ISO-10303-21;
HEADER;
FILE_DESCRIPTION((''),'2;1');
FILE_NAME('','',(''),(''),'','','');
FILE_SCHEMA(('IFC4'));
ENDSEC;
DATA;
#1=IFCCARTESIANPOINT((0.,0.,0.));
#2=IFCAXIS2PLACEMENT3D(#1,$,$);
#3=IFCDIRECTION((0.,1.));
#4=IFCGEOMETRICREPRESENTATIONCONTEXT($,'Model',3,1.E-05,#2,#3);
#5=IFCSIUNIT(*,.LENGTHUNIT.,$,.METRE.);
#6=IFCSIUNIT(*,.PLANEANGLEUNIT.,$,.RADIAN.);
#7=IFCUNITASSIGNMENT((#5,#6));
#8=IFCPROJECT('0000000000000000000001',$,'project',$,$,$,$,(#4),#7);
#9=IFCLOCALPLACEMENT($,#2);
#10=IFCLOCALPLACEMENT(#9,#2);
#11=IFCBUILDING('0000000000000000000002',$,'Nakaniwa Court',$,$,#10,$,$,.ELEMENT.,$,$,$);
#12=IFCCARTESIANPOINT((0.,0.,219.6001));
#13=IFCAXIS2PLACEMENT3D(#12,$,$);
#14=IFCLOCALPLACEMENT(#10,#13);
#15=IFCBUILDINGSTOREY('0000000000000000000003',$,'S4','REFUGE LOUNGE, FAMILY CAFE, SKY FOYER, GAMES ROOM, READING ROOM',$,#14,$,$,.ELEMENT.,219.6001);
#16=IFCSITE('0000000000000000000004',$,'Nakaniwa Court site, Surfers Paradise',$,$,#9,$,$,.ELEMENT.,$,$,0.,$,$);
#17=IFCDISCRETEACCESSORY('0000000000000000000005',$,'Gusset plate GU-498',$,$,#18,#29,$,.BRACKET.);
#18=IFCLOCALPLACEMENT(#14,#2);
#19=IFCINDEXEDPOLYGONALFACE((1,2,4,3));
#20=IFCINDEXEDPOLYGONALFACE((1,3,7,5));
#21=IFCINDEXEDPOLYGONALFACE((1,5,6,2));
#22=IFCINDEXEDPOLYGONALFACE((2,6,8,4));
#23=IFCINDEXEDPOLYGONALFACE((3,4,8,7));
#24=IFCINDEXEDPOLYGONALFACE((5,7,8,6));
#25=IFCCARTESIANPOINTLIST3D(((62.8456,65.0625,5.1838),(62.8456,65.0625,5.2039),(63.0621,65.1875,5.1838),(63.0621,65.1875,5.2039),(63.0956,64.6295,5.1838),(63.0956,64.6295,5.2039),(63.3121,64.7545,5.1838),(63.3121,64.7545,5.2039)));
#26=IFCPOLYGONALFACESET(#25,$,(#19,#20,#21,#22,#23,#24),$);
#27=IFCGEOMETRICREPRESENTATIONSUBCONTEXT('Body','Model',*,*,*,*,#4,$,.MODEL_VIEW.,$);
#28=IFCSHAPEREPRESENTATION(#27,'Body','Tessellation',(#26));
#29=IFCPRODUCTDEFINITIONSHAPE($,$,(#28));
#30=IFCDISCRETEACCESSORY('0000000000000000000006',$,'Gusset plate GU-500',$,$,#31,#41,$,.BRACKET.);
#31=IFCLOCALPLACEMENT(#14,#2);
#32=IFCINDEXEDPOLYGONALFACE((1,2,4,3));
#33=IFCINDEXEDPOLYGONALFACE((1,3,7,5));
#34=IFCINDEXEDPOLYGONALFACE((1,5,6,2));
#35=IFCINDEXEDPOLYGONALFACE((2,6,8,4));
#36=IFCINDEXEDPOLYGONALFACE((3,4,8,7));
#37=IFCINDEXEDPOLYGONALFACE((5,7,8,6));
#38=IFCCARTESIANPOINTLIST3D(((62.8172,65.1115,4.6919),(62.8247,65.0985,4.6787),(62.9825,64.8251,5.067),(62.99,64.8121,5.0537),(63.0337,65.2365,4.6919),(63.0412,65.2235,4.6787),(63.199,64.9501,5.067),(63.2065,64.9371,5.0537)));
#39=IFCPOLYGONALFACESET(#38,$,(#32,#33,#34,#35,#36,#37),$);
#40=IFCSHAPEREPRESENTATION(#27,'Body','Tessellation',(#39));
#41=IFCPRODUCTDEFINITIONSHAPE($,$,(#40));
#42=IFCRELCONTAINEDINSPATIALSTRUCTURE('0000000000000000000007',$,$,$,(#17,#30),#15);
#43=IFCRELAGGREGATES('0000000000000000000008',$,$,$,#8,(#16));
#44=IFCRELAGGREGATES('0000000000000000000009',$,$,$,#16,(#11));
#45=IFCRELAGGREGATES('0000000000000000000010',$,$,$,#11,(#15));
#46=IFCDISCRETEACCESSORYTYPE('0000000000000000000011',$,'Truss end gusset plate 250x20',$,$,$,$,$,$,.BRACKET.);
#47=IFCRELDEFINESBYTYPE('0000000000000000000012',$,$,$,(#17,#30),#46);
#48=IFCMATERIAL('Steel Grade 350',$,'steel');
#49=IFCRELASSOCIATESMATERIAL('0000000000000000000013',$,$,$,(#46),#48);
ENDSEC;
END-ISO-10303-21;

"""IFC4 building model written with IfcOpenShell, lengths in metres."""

from ifc_helpers import new_model, si_unit, direction, frame, origin, origin_2d, place, context, subcontext, project, spatial, rectangle, extrude, material, material_profile, profile_set, type_object, element, save


model = new_model("IFC4")

# Units and contexts
model_context = context("Model", 3, precision=1e-05, world=origin(), true_north=direction((0.0, 1.0)))
body_context = subcontext(model_context, "Body", "Model", "MODEL_VIEW")
ifc_project = project(units=[si_unit("LENGTHUNIT", "METRE"), si_unit("PLANEANGLEUNIT", "RADIAN")], contexts=[model_context])

# Site, building, storey
site_placement = place(None, origin())
site = spatial("IfcSite", under=ifc_project, at=site_placement, Name="Nakaniwa Court site, Surfers Paradise", CompositionType="ELEMENT", RefElevation=0.0)
building_placement = place(site_placement, origin())
building = spatial("IfcBuilding", under=site, at=building_placement, Name="Nakaniwa Court", CompositionType="ELEMENT")
storey_placement = place(building_placement, frame((0.0, 0.0, 219.6001)))
storey = spatial("IfcBuildingStorey", under=building, at=storey_placement, Name="S4", Description="REFUGE LOUNGE, FAMILY CAFE, SKY FOYER, GAMES ROOM, READING ROOM", CompositionType="ELEMENT", Elevation=219.6001)

# Shared definitions
ifc_material_1 = material(Name="Steel Grade 350", Category="steel")

# Discrete accessories
ifc_material_profile_1 = material_profile(ifc_material_1, rectangle(XDim=0.25, YDim=0.02, at=origin_2d()), Name="Truss end gusset plate 250x20")
ifc_profile_set_1 = profile_set([ifc_material_profile_1], Name="Steel Grade 350")
discrete_accessory_type = type_object("IfcDiscreteAccessoryType", Name="Truss end gusset plate 250x20", PredefinedType="BRACKET", material=ifc_profile_set_1)
for number, where, z_axis, x_axis, name in (
    (1, (62.9539, 65.125, 5.1938), (0.49992, -0.866072, 0.0), (0.866072, 0.49992, 0.0), "Gusset plate GU-498"),
    (2, (62.9292, 65.1675, 4.6853), (0.330596, -0.572805, 0.750067), (0.8661, 0.499872, 0.0), "Gusset plate GU-500"),
):
    element("IfcDiscreteAccessory", number, at=place(storey_placement, frame(where, z_axis=z_axis, x_axis=x_axis)), inside=storey, type_object=discrete_accessory_type, Name=name, PredefinedType="BRACKET", context=body_context, shape_type="SweptSolid", body=[
        extrude(rectangle(XDim=0.25, YDim=0.02, at=origin_2d()), origin(), (0.0, 0.0, 1.0), 0.5),
    ])

save(model, "model.ifc")
